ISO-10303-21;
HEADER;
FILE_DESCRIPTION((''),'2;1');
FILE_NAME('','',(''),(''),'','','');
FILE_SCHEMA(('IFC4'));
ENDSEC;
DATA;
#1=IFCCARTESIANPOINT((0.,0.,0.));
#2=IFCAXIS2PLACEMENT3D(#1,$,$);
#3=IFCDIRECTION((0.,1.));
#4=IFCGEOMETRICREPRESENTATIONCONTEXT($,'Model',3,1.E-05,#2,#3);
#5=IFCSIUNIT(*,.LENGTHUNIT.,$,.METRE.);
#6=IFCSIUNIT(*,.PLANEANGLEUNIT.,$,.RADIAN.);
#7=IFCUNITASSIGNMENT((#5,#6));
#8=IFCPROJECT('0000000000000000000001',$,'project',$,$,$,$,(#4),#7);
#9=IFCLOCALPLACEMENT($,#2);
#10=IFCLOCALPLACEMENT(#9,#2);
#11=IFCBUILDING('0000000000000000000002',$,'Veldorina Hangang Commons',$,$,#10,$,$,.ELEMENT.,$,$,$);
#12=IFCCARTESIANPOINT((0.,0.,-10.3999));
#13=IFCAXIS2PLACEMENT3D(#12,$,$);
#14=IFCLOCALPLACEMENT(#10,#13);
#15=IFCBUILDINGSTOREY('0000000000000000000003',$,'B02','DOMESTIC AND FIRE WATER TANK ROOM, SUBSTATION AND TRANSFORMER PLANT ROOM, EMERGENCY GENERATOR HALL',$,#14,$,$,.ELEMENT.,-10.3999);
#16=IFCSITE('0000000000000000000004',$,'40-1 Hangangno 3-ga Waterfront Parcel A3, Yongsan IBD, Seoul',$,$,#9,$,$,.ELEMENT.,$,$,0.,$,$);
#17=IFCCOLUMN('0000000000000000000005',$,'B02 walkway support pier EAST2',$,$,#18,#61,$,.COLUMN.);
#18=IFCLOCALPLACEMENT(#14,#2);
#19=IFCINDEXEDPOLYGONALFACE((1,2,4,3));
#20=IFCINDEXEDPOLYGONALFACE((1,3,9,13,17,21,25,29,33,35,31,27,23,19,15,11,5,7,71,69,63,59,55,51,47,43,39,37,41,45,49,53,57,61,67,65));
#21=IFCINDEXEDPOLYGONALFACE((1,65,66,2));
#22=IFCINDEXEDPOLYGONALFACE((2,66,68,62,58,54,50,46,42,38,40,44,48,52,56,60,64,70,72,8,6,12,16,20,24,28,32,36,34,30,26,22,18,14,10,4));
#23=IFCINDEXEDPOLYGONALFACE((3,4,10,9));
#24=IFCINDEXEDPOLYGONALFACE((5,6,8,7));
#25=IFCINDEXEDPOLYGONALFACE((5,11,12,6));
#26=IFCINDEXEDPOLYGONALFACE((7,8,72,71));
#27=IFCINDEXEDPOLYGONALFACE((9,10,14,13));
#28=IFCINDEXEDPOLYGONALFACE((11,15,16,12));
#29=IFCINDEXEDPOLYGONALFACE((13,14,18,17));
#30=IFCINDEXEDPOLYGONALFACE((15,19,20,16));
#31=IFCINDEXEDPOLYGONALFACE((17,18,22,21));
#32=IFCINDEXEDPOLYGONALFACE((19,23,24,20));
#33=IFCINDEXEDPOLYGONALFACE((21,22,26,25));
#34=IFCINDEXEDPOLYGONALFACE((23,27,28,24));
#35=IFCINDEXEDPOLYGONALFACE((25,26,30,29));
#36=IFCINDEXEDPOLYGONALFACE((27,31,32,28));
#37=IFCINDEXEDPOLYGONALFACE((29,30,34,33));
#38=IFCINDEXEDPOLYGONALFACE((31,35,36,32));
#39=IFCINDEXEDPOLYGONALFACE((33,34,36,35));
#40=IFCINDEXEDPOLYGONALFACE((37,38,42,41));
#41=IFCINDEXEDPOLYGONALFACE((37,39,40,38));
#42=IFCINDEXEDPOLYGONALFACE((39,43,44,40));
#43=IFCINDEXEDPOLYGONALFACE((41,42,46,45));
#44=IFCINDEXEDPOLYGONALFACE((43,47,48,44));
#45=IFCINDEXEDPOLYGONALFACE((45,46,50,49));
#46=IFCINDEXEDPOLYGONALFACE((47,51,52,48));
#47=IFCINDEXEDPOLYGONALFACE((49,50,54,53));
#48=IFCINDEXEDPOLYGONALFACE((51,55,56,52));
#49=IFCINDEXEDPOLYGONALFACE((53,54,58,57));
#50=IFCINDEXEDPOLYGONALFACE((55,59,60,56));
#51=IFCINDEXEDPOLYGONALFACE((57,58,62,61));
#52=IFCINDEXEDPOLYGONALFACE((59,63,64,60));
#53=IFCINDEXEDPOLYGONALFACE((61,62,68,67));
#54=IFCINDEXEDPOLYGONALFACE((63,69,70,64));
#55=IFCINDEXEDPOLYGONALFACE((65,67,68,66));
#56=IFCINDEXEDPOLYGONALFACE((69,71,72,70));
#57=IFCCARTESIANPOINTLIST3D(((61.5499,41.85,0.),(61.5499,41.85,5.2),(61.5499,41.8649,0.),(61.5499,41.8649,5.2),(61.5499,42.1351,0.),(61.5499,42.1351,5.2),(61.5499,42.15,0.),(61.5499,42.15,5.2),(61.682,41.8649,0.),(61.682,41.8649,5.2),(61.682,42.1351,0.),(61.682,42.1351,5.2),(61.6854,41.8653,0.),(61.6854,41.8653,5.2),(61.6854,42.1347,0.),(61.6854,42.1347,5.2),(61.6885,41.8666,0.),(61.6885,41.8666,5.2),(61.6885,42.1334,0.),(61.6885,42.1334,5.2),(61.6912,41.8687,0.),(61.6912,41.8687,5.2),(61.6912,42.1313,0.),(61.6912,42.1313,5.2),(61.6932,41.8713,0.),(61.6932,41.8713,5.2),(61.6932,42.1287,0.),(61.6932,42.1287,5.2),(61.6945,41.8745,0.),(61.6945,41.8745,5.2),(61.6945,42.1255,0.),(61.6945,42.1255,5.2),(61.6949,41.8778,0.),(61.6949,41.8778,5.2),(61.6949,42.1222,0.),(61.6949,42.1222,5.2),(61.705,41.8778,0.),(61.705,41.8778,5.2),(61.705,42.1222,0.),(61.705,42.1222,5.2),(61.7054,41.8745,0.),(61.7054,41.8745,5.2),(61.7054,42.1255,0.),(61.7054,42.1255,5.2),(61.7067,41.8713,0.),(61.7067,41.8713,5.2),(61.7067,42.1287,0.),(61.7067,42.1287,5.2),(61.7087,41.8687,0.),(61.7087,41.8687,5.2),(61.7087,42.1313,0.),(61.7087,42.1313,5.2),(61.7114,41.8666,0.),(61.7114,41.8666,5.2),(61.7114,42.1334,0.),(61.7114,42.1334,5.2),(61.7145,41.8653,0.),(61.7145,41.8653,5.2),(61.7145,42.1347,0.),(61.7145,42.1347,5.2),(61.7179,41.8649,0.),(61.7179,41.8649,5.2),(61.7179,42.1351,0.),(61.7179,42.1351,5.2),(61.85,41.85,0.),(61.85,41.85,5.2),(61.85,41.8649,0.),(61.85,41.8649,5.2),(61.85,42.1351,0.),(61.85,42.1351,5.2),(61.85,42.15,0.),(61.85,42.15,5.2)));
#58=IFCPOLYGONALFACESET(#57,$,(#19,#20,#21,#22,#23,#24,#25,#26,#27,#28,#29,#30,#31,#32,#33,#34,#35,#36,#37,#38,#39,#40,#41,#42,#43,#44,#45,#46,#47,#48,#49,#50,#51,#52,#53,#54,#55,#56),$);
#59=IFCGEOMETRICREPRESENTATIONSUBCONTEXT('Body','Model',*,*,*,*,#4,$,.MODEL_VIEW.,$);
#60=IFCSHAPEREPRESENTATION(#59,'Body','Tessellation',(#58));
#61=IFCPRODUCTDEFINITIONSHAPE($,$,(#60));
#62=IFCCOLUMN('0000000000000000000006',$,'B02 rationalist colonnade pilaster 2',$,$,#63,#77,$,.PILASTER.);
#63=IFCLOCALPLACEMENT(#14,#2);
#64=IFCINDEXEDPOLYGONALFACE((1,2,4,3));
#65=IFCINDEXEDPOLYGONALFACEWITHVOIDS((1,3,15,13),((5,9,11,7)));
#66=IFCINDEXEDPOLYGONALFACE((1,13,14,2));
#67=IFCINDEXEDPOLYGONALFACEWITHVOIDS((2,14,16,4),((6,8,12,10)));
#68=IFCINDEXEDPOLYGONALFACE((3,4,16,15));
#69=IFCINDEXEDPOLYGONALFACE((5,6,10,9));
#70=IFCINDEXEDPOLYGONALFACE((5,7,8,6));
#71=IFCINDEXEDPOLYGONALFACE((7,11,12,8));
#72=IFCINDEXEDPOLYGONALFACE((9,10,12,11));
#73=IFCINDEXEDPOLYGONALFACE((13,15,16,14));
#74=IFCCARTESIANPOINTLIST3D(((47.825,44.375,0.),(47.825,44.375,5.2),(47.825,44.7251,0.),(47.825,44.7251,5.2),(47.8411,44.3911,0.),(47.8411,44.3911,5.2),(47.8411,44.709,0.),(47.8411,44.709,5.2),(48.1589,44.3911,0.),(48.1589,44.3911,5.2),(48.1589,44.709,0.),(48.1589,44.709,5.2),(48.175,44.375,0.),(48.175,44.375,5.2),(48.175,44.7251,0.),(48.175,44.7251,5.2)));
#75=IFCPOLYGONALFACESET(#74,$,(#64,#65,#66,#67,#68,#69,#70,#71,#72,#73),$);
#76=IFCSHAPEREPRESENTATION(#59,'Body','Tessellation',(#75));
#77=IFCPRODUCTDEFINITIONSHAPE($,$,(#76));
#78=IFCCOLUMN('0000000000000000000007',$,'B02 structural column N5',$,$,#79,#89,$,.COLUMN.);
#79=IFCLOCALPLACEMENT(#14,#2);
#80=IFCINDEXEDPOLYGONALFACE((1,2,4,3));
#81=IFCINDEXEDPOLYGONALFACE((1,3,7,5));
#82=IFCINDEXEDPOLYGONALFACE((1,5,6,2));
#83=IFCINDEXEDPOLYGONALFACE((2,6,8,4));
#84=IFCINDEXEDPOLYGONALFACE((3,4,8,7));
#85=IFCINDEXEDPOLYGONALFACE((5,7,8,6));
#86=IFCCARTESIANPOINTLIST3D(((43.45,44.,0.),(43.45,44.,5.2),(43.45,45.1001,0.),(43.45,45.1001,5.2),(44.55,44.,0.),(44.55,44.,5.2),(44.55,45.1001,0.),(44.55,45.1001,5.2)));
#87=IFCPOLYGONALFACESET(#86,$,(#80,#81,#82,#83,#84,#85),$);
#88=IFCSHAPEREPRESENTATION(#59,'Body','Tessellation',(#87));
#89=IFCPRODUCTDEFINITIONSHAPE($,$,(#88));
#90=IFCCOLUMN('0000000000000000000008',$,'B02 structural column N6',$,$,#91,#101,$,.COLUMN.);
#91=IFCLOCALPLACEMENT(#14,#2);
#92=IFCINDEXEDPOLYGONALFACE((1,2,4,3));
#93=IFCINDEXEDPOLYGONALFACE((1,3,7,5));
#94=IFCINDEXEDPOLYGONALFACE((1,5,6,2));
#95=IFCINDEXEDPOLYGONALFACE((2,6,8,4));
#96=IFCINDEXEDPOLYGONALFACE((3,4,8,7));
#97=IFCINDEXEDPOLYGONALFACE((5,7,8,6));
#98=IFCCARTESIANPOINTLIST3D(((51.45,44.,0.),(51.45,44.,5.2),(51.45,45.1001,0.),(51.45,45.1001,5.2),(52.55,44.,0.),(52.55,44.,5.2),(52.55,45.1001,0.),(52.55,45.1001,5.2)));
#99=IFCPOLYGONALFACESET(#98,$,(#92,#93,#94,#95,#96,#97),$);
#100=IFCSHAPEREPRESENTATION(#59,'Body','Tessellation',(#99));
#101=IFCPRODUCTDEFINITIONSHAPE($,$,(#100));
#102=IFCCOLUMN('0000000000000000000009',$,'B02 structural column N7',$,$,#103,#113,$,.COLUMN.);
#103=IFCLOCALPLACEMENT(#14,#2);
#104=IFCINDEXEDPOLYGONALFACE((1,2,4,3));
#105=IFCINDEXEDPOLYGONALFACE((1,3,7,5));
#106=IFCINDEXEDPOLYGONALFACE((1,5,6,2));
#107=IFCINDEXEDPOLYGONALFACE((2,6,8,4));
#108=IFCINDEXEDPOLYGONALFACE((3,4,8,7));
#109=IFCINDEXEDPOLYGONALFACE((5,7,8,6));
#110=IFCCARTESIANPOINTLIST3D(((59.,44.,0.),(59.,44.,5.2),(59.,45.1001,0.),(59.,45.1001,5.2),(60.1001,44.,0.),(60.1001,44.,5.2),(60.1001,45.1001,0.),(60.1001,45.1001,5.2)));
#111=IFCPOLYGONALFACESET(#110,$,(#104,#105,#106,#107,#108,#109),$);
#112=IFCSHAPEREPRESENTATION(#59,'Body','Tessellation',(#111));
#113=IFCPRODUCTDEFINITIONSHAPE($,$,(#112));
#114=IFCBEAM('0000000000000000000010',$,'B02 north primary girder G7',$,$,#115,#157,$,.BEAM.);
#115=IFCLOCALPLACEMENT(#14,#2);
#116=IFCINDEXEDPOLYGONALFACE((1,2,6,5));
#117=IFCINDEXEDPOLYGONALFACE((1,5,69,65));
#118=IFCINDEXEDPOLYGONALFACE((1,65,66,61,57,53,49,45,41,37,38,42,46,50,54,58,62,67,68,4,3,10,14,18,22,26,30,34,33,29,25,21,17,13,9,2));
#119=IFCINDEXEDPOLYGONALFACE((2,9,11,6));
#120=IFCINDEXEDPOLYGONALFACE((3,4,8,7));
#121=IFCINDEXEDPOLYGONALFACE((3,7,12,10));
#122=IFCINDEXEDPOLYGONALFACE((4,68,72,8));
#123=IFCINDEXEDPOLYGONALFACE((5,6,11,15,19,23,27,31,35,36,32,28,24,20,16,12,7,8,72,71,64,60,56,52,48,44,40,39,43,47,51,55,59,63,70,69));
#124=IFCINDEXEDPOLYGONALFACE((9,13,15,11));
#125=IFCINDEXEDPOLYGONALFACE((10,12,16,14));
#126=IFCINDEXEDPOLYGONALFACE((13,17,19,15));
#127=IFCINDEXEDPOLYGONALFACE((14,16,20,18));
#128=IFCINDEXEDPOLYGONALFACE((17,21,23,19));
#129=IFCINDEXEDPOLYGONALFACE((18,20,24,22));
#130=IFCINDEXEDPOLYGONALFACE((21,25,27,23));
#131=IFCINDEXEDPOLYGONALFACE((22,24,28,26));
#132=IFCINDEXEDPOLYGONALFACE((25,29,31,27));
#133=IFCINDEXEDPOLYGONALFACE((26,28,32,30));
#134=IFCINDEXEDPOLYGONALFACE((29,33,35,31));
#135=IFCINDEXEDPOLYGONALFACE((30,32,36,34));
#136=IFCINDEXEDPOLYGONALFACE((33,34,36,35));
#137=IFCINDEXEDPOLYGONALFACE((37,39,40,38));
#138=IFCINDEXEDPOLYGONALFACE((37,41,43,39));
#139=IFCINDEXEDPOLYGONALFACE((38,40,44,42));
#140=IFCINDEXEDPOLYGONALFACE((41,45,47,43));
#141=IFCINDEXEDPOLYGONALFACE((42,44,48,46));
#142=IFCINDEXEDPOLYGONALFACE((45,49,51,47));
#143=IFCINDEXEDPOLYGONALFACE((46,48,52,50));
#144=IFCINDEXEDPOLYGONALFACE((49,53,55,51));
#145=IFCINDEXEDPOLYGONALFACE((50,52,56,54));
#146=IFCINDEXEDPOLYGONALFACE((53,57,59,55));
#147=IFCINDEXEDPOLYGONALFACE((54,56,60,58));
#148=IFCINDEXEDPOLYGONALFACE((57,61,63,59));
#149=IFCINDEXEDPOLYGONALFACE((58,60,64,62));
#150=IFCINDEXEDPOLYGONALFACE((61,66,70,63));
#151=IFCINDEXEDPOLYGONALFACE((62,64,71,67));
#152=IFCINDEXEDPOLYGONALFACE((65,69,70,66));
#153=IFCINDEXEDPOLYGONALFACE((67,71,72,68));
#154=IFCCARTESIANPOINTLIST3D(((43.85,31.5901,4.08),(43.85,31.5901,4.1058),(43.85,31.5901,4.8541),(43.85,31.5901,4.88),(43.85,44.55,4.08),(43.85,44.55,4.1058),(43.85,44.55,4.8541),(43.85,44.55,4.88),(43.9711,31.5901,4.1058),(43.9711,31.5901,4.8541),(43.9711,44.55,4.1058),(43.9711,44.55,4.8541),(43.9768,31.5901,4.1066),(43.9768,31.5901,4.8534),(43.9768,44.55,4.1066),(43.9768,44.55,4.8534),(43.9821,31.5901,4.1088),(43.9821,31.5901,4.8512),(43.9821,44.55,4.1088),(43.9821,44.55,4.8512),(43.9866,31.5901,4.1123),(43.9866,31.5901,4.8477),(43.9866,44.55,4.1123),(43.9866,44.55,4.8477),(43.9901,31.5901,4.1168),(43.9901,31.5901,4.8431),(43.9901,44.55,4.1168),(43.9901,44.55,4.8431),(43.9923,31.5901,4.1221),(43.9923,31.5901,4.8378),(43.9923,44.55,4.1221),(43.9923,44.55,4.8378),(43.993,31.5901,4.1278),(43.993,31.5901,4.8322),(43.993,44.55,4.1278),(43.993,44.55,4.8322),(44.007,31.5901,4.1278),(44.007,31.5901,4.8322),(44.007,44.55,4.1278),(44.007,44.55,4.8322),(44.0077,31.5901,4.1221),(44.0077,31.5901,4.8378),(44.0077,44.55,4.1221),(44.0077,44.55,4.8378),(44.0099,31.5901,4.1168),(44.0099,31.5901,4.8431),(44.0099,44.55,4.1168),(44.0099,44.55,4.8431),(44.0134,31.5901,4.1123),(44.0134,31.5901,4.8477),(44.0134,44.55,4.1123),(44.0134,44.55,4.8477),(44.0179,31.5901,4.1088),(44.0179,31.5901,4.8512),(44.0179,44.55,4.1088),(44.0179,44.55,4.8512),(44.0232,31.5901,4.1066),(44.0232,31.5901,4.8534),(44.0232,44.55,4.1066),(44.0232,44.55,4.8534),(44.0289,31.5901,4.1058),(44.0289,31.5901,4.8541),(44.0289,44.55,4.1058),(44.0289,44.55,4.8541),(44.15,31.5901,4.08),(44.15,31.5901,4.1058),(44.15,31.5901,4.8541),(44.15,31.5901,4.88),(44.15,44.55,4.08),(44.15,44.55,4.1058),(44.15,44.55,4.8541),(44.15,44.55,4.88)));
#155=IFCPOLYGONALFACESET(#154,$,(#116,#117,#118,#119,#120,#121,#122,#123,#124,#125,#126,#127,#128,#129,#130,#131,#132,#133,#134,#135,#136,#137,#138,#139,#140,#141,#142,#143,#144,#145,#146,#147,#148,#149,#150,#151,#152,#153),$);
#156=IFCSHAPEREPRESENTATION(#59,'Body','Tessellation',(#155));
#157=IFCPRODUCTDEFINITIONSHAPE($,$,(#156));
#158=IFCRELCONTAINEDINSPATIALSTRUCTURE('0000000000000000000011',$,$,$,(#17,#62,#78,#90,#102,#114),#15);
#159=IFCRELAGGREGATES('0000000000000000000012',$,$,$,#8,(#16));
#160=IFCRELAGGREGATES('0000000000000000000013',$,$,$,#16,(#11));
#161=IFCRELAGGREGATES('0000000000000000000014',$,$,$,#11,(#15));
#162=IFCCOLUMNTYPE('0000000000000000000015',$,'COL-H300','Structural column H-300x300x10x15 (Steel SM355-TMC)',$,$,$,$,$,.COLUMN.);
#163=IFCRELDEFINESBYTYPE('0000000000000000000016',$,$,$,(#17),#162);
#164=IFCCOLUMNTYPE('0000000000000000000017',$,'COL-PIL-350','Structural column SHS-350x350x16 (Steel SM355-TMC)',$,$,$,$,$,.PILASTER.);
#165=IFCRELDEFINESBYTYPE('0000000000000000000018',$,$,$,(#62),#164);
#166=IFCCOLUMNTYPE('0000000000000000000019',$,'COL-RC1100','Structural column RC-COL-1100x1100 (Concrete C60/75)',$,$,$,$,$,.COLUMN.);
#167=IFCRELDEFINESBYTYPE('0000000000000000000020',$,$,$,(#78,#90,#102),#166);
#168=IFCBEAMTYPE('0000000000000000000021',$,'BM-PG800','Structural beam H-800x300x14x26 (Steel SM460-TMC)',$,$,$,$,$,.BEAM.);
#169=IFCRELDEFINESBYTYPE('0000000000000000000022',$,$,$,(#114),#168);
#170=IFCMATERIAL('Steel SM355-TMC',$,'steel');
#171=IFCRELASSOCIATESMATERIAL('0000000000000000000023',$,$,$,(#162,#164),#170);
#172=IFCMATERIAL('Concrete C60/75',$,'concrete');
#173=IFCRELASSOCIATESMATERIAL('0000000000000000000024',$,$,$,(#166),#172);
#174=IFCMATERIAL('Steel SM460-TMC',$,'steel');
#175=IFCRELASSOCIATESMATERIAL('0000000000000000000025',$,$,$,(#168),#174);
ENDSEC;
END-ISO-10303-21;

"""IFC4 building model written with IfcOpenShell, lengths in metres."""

from ifc_helpers import new_model, si_unit, direction, frame, origin, origin_2d, place, context, subcontext, project, spatial, rectangle, hollow_rectangle, i_section, extrude, material, material_profile, profile_set, type_object, element, save


model = new_model("IFC4")

# Units and contexts
model_context = context("Model", 3, precision=1e-05, world=origin(), true_north=direction((0.0, 1.0)))
body_context = subcontext(model_context, "Body", "Model", "MODEL_VIEW")
ifc_project = project(units=[si_unit("LENGTHUNIT", "METRE"), si_unit("PLANEANGLEUNIT", "RADIAN")], contexts=[model_context])

# Site, building, storey
site_placement = place(None, origin())
site = spatial("IfcSite", under=ifc_project, at=site_placement, Name="40-1 Hangangno 3-ga Waterfront Parcel A3, Yongsan IBD, Seoul", CompositionType="ELEMENT", RefElevation=0.0)
building_placement = place(site_placement, origin())
building = spatial("IfcBuilding", under=site, at=building_placement, Name="Veldorina Hangang Commons", CompositionType="ELEMENT")
storey_placement = place(building_placement, frame((0.0, 0.0, -10.3999)))
storey = spatial("IfcBuildingStorey", under=building, at=storey_placement, Name="B02", Description="DOMESTIC AND FIRE WATER TANK ROOM, SUBSTATION AND TRANSFORMER PLANT ROOM, EMERGENCY GENERATOR HALL", CompositionType="ELEMENT", Elevation=-10.3999)

# Columns
ifc_material_1 = material(Name="Steel SM355-TMC", Category="steel")
ifc_material_profile_1 = material_profile(ifc_material_1, i_section(OverallWidth=0.3, OverallDepth=0.3, WebThickness=0.01, FlangeThickness=0.0149, FilletRadius=0.0129, at=origin_2d()), Name="H-300x300x10x15")
ifc_profile_set_1 = profile_set([ifc_material_profile_1], Name="Steel SM355-TMC")
column_type_1 = type_object("IfcColumnType", Name="COL-H300", Description="Structural column H-300x300x10x15 (Steel SM355-TMC)", PredefinedType="COLUMN", material=ifc_profile_set_1)
for number, where, z_axis, x_axis, name in (
    (1, (61.7, 42.0, 0.0), (0.0, 0.0, 1.0), (1.0, 0.0, 0.0), "B02 walkway support pier EAST2"),
):
    element("IfcColumn", number, at=place(storey_placement, frame(where, z_axis=z_axis, x_axis=x_axis)), inside=storey, type_object=column_type_1, Name=name, PredefinedType="COLUMN", context=body_context, shape_type="SweptSolid", body=[
        extrude(i_section(OverallWidth=0.3, OverallDepth=0.3, WebThickness=0.01, FlangeThickness=0.0149, FilletRadius=0.0129, at=origin_2d()), origin(), (0.0, 0.0, 1.0), 5.2),
    ])
ifc_material_profile_2 = material_profile(ifc_material_1, hollow_rectangle(XDim=0.3501, YDim=0.3501, WallThickness=0.0161, at=origin_2d()), Name="SHS-350x350x16")
ifc_profile_set_2 = profile_set([ifc_material_profile_2], Name="Steel SM355-TMC")
column_type_2 = type_object("IfcColumnType", Name="COL-PIL-350", Description="Structural column SHS-350x350x16 (Steel SM355-TMC)", PredefinedType="PILASTER", material=ifc_profile_set_2)
column_placement = place(storey_placement, frame((48.0, 44.55, 0.0), z_axis=(0.0, 0.0, 1.0), x_axis=(1.0, 0.0, 0.0)))
element("IfcColumn", 2, at=column_placement, inside=storey, type_object=column_type_2, Name="B02 rationalist colonnade pilaster 2", PredefinedType="PILASTER", context=body_context, shape_type="SweptSolid", body=[
    extrude(hollow_rectangle(XDim=0.3501, YDim=0.3501, WallThickness=0.0161, at=origin_2d()), origin(), (0.0, 0.0, 1.0), 5.2),
])
ifc_material_2 = material(Name="Concrete C60/75", Category="concrete")
ifc_material_profile_3 = material_profile(ifc_material_2, rectangle(XDim=1.1001, YDim=1.1001, at=origin_2d()), Name="RC-COL-1100x1100")
ifc_profile_set_3 = profile_set([ifc_material_profile_3], Name="Concrete C60/75")
column_type_3 = type_object("IfcColumnType", Name="COL-RC1100", Description="Structural column RC-COL-1100x1100 (Concrete C60/75)", PredefinedType="COLUMN", material=ifc_profile_set_3)
for number, where, z_axis, x_axis, name in (
    (3, (44.0, 44.55, 0.0), (0.0, 0.0, 1.0), (1.0, 0.0, 0.0), "B02 structural column N5"),
    (4, (52.0, 44.55, 0.0), (0.0, 0.0, 1.0), (1.0, 0.0, 0.0), "B02 structural column N6"),
    (5, (59.55, 44.55, 0.0), (0.0, 0.0, 1.0), (1.0, 0.0, 0.0), "B02 structural column N7"),
):
    element("IfcColumn", number, at=place(storey_placement, frame(where, z_axis=z_axis, x_axis=x_axis)), inside=storey, type_object=column_type_3, Name=name, PredefinedType="COLUMN", context=body_context, shape_type="SweptSolid", body=[
        extrude(rectangle(XDim=1.1001, YDim=1.1001, at=origin_2d()), origin(), (0.0, 0.0, 1.0), 5.2),
    ])

# Beam
ifc_material_3 = material(Name="Steel SM460-TMC", Category="steel")
ifc_material_profile_4 = material_profile(ifc_material_3, i_section(OverallWidth=0.3, OverallDepth=0.8, WebThickness=0.0139, FlangeThickness=0.0259, FilletRadius=0.022, at=origin_2d()), Name="H-800x300x14x26")
ifc_profile_set_4 = profile_set([ifc_material_profile_4], Name="Steel SM460-TMC")
beam_type_1 = type_object("IfcBeamType", Name="BM-PG800", Description="Structural beam H-800x300x14x26 (Steel SM460-TMC)", PredefinedType="BEAM", material=ifc_profile_set_4)
for number, where, z_axis, x_axis, name in (
    (6, (44.0, 31.5901, 4.48), (0.0, 1.0, 0.0), (-1.0, 0.0, 0.0), "B02 north primary girder G7"),
):
    element("IfcBeam", number, at=place(storey_placement, frame(where, z_axis=z_axis, x_axis=x_axis)), inside=storey, type_object=beam_type_1, Name=name, PredefinedType="BEAM", context=body_context, shape_type="SweptSolid", body=[
        extrude(i_section(OverallWidth=0.3, OverallDepth=0.8, WebThickness=0.0139, FlangeThickness=0.0259, FilletRadius=0.022, at=origin_2d()), origin(), (0.0, 0.0, 1.0), 12.96),
    ])

save(model, "model.ifc")
